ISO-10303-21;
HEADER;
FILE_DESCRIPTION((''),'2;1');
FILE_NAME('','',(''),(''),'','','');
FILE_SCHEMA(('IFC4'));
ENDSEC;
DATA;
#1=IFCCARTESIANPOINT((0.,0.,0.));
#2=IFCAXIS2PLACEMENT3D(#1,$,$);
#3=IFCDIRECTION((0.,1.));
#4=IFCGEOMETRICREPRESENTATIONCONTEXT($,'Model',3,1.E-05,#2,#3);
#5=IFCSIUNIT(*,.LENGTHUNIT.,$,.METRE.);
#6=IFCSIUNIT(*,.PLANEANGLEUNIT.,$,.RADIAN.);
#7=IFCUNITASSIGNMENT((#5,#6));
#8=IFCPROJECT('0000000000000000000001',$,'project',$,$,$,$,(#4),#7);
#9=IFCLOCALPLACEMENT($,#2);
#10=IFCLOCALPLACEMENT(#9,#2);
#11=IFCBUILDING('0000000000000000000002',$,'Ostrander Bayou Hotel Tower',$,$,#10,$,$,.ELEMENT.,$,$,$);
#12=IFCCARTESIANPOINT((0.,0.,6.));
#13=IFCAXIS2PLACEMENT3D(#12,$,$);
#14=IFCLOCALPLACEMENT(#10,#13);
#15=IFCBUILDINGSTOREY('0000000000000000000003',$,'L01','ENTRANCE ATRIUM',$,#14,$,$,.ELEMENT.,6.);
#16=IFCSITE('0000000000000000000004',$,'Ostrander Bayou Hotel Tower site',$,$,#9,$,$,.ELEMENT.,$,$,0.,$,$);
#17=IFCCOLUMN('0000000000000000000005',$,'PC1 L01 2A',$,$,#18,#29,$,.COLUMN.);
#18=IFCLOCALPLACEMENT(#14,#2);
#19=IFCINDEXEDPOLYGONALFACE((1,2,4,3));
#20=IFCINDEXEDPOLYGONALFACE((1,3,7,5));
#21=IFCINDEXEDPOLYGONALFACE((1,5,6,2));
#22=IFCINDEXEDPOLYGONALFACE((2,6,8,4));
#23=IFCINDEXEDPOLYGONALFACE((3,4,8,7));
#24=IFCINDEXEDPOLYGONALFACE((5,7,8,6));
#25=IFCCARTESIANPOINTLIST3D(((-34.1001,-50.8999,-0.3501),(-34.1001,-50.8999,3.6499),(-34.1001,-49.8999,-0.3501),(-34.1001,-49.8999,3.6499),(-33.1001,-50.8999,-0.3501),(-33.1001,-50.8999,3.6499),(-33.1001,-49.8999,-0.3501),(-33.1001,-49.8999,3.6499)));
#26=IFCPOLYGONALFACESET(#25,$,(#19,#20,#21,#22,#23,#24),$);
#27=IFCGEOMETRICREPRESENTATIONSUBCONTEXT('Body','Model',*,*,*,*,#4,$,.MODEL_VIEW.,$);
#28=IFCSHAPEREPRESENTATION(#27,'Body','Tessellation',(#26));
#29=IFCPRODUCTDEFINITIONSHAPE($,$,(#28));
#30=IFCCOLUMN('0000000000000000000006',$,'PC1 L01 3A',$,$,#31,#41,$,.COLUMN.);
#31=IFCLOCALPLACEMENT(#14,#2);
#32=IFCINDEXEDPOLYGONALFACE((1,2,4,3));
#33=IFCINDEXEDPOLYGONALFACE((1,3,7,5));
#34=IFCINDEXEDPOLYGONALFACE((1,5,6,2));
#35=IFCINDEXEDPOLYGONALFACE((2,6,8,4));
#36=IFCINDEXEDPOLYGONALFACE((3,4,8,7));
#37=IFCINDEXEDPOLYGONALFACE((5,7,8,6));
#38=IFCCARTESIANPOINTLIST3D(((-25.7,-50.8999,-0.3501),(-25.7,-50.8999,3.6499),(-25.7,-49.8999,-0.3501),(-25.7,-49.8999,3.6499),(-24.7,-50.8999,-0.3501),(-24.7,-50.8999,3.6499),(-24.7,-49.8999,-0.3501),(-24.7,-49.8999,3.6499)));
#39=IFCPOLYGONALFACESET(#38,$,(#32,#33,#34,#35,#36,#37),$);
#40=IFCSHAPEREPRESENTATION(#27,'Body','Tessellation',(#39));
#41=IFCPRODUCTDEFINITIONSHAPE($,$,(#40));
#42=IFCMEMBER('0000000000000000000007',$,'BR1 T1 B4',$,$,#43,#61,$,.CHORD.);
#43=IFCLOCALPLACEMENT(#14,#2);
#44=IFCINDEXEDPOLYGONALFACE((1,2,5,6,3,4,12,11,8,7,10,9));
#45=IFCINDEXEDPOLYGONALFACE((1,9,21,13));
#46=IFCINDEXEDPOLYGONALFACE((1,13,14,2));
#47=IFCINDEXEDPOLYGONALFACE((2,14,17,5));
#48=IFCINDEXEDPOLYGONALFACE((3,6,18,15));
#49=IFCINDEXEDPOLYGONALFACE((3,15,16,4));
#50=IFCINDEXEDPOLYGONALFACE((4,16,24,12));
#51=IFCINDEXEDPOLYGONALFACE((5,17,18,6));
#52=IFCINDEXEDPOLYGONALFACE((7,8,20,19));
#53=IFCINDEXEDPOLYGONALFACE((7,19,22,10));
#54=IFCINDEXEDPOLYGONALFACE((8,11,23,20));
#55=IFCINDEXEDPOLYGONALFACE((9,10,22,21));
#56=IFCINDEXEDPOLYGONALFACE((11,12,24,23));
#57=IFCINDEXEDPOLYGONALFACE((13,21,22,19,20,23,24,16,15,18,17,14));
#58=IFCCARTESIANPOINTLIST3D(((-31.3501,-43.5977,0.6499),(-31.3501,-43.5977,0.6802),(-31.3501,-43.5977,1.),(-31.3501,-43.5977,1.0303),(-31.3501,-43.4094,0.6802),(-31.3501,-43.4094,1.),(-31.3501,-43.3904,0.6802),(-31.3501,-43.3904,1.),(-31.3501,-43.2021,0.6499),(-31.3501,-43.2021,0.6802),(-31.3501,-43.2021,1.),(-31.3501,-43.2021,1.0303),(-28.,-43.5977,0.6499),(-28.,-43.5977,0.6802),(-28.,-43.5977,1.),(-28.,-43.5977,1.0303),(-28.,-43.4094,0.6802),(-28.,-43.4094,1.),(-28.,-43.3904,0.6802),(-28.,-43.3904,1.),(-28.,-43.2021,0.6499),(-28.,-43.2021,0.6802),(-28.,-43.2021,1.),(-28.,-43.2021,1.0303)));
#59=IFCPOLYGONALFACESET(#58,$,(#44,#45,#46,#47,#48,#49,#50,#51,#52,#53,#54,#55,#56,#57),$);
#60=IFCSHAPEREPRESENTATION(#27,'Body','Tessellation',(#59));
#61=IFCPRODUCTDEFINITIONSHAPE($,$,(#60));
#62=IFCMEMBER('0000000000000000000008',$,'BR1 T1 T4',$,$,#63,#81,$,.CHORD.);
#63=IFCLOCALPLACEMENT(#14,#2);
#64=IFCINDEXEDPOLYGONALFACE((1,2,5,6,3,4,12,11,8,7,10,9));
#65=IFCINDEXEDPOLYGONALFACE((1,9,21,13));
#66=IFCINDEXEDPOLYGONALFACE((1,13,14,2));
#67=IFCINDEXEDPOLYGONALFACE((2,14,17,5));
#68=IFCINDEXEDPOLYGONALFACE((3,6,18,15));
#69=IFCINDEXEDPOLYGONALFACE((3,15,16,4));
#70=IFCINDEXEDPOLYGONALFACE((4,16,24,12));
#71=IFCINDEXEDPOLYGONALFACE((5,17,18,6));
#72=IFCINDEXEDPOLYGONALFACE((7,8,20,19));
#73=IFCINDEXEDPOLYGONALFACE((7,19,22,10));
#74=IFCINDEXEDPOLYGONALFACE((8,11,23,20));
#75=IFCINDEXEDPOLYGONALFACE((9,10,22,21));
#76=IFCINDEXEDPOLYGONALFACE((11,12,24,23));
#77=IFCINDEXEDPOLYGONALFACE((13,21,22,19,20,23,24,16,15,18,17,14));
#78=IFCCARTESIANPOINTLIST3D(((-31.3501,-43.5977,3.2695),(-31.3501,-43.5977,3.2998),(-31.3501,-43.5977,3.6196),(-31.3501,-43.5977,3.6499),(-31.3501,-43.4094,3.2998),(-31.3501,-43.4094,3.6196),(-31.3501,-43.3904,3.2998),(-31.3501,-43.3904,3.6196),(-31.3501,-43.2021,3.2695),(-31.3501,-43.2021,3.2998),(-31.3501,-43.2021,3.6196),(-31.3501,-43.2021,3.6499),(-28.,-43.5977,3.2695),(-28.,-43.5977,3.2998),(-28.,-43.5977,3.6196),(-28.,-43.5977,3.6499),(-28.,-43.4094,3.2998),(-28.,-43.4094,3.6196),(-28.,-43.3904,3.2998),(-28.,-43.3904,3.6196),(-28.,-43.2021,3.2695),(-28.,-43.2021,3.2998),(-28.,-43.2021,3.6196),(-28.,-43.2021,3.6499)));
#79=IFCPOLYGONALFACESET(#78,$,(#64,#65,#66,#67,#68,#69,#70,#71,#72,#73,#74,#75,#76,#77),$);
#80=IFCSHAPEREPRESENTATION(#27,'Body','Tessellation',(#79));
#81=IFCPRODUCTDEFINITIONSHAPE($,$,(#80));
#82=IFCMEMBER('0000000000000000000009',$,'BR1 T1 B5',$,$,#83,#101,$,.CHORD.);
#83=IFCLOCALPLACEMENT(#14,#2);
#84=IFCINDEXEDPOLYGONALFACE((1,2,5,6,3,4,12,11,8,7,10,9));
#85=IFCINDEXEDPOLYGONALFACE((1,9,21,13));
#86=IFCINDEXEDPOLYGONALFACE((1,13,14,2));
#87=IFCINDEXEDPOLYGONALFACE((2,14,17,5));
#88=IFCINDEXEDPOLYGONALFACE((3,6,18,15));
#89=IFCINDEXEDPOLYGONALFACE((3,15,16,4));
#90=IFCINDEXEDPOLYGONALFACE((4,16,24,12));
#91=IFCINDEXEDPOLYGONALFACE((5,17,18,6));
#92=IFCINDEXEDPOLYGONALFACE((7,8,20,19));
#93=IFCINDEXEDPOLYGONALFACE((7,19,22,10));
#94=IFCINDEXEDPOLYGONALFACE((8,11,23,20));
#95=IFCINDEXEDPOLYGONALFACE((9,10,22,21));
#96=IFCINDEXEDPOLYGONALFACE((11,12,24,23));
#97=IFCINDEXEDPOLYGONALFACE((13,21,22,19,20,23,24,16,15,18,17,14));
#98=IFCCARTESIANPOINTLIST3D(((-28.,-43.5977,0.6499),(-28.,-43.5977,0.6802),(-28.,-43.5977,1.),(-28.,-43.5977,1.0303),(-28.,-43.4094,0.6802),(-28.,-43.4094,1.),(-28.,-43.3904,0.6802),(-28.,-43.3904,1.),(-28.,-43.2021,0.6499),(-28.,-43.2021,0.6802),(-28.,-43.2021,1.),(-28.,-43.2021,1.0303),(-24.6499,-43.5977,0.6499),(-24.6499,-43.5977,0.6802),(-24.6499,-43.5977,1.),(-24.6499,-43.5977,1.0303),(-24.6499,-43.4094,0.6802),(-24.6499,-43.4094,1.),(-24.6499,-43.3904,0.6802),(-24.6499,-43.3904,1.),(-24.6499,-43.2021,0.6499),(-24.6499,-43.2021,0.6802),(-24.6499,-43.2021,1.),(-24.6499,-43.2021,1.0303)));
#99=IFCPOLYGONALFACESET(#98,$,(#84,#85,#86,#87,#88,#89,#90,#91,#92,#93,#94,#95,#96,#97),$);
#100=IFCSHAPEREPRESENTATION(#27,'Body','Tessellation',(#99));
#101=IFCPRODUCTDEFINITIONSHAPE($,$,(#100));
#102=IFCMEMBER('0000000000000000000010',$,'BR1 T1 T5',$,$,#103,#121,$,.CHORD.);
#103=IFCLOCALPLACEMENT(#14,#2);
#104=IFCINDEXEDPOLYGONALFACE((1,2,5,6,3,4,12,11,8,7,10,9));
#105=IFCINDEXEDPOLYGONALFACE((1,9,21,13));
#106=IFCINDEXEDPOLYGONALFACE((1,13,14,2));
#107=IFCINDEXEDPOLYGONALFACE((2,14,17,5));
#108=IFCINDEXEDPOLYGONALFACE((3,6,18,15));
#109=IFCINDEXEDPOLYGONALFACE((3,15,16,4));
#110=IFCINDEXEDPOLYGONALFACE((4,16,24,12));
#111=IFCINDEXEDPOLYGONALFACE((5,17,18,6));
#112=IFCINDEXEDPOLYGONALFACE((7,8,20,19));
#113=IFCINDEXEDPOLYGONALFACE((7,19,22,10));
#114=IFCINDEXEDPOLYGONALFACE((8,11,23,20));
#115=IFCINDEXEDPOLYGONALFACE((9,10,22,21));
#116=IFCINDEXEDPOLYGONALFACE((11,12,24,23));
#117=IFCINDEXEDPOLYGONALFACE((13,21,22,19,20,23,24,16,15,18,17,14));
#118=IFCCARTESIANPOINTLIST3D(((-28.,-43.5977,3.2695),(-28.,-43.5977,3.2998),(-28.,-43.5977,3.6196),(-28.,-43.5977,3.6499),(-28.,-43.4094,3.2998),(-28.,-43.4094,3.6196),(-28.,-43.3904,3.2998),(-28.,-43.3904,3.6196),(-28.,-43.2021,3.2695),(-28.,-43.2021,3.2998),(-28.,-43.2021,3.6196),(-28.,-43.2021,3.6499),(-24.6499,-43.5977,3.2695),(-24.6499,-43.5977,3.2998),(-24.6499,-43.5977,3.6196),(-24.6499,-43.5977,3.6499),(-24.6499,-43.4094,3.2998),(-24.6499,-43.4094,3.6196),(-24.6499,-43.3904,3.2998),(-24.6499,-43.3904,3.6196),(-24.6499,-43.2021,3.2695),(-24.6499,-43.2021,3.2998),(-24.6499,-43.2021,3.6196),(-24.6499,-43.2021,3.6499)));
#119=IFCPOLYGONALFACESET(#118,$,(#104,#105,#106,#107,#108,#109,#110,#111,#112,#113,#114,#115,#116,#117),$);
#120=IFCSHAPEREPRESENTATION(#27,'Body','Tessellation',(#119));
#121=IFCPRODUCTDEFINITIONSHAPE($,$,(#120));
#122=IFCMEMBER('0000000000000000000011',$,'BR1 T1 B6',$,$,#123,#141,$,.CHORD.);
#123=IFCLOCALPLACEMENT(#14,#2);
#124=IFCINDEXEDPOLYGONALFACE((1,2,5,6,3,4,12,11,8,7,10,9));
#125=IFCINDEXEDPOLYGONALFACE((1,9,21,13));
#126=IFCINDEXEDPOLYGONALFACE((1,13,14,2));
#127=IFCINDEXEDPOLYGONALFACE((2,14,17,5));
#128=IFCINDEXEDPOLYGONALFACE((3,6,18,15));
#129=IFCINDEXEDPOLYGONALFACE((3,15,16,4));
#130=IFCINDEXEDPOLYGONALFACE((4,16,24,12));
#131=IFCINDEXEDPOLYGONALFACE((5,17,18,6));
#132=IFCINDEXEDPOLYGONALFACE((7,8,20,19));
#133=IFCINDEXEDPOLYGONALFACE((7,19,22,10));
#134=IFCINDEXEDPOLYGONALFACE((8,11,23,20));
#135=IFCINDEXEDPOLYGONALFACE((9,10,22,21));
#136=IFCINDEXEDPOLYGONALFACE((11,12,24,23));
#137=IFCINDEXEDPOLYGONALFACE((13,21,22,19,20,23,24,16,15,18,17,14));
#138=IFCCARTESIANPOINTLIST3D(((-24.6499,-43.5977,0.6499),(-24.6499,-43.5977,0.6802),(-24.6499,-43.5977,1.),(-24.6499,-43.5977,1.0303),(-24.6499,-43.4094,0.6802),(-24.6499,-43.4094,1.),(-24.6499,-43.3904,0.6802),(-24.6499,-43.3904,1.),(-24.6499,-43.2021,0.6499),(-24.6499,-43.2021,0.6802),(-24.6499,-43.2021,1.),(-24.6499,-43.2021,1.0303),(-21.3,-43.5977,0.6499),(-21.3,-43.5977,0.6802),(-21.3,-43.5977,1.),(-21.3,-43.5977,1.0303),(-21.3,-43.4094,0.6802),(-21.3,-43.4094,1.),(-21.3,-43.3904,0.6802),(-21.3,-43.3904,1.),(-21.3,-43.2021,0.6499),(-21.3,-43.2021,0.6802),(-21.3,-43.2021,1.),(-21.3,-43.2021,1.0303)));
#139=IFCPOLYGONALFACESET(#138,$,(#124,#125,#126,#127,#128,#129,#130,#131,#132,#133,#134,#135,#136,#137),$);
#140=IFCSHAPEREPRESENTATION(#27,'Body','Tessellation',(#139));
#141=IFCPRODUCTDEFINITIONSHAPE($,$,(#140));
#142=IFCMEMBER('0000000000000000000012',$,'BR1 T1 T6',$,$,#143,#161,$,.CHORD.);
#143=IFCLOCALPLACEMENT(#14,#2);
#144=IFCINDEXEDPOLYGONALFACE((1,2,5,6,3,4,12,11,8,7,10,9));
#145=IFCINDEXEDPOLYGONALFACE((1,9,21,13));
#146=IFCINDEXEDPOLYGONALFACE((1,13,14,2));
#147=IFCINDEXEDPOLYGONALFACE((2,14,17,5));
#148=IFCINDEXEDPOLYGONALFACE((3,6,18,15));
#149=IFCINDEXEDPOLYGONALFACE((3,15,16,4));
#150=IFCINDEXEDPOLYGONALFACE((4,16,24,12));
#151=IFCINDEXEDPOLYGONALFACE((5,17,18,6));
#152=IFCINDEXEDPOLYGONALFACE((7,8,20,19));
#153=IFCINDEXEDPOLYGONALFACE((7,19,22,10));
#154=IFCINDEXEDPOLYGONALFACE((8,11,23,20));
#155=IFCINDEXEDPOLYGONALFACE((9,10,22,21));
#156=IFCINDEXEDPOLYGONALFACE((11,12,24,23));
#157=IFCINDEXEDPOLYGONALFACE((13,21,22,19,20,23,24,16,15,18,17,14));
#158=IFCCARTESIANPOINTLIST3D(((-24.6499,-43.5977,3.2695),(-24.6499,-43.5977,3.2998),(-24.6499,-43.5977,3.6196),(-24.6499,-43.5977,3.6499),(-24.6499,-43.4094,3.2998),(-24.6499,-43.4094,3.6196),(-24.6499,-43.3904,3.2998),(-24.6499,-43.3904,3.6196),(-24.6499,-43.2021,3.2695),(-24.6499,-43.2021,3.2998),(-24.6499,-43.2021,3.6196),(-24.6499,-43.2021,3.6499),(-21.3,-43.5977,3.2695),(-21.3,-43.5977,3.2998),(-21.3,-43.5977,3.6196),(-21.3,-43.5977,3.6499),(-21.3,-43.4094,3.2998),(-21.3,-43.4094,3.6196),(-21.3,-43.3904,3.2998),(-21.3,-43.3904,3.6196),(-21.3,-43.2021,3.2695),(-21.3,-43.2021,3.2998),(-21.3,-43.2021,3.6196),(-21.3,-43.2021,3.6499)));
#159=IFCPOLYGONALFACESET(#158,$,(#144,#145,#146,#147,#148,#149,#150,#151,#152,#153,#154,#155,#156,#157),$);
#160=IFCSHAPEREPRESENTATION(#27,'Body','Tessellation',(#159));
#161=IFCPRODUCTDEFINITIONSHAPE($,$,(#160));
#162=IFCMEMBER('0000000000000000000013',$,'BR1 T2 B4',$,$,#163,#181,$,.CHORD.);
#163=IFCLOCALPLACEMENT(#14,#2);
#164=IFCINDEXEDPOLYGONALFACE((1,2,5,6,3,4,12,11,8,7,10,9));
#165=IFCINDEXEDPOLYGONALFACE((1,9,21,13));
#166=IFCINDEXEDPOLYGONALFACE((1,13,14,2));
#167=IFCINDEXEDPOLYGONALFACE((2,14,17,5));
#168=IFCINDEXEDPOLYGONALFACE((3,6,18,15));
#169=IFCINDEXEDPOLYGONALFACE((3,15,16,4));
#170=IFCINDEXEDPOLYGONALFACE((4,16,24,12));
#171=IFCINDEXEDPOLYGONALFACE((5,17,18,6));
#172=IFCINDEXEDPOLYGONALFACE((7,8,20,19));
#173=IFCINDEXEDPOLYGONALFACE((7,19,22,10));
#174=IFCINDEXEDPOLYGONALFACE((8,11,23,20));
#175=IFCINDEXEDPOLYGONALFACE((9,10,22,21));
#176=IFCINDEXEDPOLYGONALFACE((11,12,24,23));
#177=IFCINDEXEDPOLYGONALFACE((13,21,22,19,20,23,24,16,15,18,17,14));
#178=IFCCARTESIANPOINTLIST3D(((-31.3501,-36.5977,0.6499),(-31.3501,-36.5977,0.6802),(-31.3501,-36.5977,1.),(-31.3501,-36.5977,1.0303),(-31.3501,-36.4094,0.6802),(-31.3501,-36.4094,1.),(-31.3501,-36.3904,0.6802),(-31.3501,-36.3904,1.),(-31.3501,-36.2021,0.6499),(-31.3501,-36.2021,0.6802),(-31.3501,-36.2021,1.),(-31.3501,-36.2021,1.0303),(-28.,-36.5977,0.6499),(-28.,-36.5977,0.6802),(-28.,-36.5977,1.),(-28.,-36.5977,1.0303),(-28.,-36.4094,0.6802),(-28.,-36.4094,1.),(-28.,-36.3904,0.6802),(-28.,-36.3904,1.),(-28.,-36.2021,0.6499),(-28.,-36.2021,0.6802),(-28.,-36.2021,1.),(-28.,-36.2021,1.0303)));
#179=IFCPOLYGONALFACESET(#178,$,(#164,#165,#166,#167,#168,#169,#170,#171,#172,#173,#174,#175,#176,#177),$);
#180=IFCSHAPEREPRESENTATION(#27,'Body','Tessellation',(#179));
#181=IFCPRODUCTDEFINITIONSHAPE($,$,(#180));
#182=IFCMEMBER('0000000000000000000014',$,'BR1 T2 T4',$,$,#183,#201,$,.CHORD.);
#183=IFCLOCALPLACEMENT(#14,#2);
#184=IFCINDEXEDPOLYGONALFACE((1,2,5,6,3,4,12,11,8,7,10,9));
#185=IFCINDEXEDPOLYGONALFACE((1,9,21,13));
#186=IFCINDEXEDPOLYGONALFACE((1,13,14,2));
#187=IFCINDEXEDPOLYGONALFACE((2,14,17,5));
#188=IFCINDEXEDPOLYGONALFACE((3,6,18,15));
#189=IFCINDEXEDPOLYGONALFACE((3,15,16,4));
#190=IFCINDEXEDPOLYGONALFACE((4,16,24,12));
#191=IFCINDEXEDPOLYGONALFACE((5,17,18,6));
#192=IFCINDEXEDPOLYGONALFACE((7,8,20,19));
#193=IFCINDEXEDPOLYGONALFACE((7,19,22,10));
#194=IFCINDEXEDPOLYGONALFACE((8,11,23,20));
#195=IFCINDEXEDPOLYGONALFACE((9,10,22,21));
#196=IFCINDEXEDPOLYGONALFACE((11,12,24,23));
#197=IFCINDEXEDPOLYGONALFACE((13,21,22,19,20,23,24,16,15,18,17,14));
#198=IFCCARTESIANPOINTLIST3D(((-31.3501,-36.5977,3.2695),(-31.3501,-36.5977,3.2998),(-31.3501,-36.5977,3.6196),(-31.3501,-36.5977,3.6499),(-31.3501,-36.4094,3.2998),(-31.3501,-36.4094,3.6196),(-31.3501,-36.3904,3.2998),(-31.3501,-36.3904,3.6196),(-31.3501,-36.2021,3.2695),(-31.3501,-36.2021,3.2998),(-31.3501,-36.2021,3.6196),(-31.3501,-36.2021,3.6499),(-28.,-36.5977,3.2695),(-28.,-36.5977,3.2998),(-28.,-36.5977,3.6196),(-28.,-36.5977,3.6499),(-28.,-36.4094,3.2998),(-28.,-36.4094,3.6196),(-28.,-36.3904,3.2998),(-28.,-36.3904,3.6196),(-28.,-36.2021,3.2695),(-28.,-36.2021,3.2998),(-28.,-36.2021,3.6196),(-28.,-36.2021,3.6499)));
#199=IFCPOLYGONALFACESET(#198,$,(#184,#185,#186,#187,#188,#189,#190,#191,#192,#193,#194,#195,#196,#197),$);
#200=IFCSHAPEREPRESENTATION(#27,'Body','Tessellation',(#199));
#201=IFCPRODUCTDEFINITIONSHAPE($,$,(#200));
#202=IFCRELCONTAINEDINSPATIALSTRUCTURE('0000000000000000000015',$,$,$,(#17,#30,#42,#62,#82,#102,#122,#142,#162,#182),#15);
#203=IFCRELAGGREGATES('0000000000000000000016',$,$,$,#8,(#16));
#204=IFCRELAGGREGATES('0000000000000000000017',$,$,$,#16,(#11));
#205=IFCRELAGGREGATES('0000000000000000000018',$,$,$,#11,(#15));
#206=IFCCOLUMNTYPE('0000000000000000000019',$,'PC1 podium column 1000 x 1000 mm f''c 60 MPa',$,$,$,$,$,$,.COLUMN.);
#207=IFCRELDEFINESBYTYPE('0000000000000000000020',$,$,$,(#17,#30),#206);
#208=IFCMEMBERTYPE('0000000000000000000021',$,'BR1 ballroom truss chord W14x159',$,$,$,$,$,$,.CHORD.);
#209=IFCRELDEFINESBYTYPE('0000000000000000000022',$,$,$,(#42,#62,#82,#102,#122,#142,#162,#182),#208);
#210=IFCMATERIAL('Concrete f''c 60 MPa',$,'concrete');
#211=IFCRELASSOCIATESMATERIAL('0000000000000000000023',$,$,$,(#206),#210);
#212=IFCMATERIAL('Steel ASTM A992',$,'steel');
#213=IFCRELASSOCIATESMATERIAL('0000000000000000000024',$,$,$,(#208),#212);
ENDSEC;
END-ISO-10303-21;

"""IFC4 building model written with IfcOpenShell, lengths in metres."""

from ifc_helpers import new_model, si_unit, direction, frame, origin, origin_2d, place, context, subcontext, project, spatial, rectangle, i_section, extrude, material, material_profile, profile_set, type_object, element, save


model = new_model("IFC4")

# Units and contexts
model_context = context("Model", 3, precision=1e-05, world=origin(), true_north=direction((0.0, 1.0)))
body_context = subcontext(model_context, "Body", "Model", "MODEL_VIEW")
ifc_project = project(units=[si_unit("LENGTHUNIT", "METRE"), si_unit("PLANEANGLEUNIT", "RADIAN")], contexts=[model_context])

# Site, building, storey
site_placement = place(None, origin())
site = spatial("IfcSite", under=ifc_project, at=site_placement, Name="Ostrander Bayou Hotel Tower site", CompositionType="ELEMENT", RefElevation=0.0)
building_placement = place(site_placement, origin())
building = spatial("IfcBuilding", under=site, at=building_placement, Name="Ostrander Bayou Hotel Tower", CompositionType="ELEMENT")
storey_placement = place(building_placement, frame((0.0, 0.0, 6.0)))
storey = spatial("IfcBuildingStorey", under=building, at=storey_placement, Name="L01", Description="ENTRANCE ATRIUM", CompositionType="ELEMENT", Elevation=6.0)

# Columns
ifc_material_1 = material(Name="Concrete f'c 60 MPa", Category="concrete")
ifc_material_profile_1 = material_profile(ifc_material_1, rectangle(XDim=1.0, YDim=1.0, at=origin_2d()))
ifc_profile_set_1 = profile_set([ifc_material_profile_1], Name="Concrete f'c 60 MPa")
column_type = type_object("IfcColumnType", Name="PC1 podium column 1000 x 1000 mm f'c 60 MPa", PredefinedType="COLUMN", material=ifc_profile_set_1)
for number, where, z_axis, x_axis, name in (
    (1, (-33.6001, -50.3999, -0.3501), (0.0, 0.0, 1.0), (1.0, 0.0, 0.0), "PC1 L01 2A"),
    (2, (-25.2, -50.3999, -0.3501), (0.0, 0.0, 1.0), (1.0, 0.0, 0.0), "PC1 L01 3A"),
):
    element("IfcColumn", number, at=place(storey_placement, frame(where, z_axis=z_axis, x_axis=x_axis)), inside=storey, type_object=column_type, Name=name, PredefinedType="COLUMN", context=body_context, shape_type="SweptSolid", body=[
        extrude(rectangle(XDim=1.0, YDim=1.0, at=origin_2d()), origin(), (0.0, 0.0, 1.0), 4.0),
    ])

# Members
ifc_material_2 = material(Name="Steel ASTM A992", Category="steel")
ifc_material_profile_2 = material_profile(ifc_material_2, i_section(OverallWidth=0.3955, OverallDepth=0.3804, WebThickness=0.019, FlangeThickness=0.0303, at=origin_2d()))
ifc_profile_set_2 = profile_set([ifc_material_profile_2], Name="Steel ASTM A992")
member_type_1 = type_object("IfcMemberType", Name="BR1 ballroom truss chord W14x159", PredefinedType="CHORD", material=ifc_profile_set_2)
for number, where, z_axis, x_axis, name in (
    (3, (-31.3501, -43.3999, 0.8401), (1.0, 0.0, 0.0), (0.0, 1.0, 0.0), "BR1 T1 B4"),
    (4, (-31.3501, -43.3999, 3.4597), (1.0, 0.0, 0.0), (0.0, 1.0, 0.0), "BR1 T1 T4"),
    (5, (-28.0, -43.3999, 0.8401), (1.0, 0.0, 0.0), (0.0, 1.0, 0.0), "BR1 T1 B5"),
    (6, (-28.0, -43.3999, 3.4597), (1.0, 0.0, 0.0), (0.0, 1.0, 0.0), "BR1 T1 T5"),
):
    element("IfcMember", number, at=place(storey_placement, frame(where, z_axis=z_axis, x_axis=x_axis)), inside=storey, type_object=member_type_1, Name=name, PredefinedType="CHORD", context=body_context, shape_type="SweptSolid", body=[
        extrude(i_section(OverallWidth=0.3955, OverallDepth=0.3804, WebThickness=0.019, FlangeThickness=0.0303, at=origin_2d()), origin(), (0.0, 0.0, 1.0), 3.3501),
    ])
for number, where, z_axis, x_axis, name in (
    (7, (-24.6499, -43.3999, 0.8401), (1.0, 0.0, 0.0), (0.0, 1.0, 0.0), "BR1 T1 B6"),
    (8, (-24.6499, -43.3999, 3.4597), (1.0, 0.0, 0.0), (0.0, 1.0, 0.0), "BR1 T1 T6"),
):
    element("IfcMember", number, at=place(storey_placement, frame(where, z_axis=z_axis, x_axis=x_axis)), inside=storey, type_object=member_type_1, Name=name, PredefinedType="CHORD", context=body_context, shape_type="SweptSolid", body=[
        extrude(i_section(OverallWidth=0.3955, OverallDepth=0.3804, WebThickness=0.019, FlangeThickness=0.0303, at=origin_2d()), origin(), (0.0, 0.0, 1.0), 3.3499),
    ])
for number, where, z_axis, x_axis, name in (
    (9, (-31.3501, -36.3999, 0.8401), (1.0, 0.0, 0.0), (0.0, 1.0, 0.0), "BR1 T2 B4"),
    (10, (-31.3501, -36.3999, 3.4597), (1.0, 0.0, 0.0), (0.0, 1.0, 0.0), "BR1 T2 T4"),
):
    element("IfcMember", number, at=place(storey_placement, frame(where, z_axis=z_axis, x_axis=x_axis)), inside=storey, type_object=member_type_1, Name=name, PredefinedType="CHORD", context=body_context, shape_type="SweptSolid", body=[
        extrude(i_section(OverallWidth=0.3955, OverallDepth=0.3804, WebThickness=0.019, FlangeThickness=0.0303, at=origin_2d()), origin(), (0.0, 0.0, 1.0), 3.3501),
    ])

save(model, "model.ifc")
